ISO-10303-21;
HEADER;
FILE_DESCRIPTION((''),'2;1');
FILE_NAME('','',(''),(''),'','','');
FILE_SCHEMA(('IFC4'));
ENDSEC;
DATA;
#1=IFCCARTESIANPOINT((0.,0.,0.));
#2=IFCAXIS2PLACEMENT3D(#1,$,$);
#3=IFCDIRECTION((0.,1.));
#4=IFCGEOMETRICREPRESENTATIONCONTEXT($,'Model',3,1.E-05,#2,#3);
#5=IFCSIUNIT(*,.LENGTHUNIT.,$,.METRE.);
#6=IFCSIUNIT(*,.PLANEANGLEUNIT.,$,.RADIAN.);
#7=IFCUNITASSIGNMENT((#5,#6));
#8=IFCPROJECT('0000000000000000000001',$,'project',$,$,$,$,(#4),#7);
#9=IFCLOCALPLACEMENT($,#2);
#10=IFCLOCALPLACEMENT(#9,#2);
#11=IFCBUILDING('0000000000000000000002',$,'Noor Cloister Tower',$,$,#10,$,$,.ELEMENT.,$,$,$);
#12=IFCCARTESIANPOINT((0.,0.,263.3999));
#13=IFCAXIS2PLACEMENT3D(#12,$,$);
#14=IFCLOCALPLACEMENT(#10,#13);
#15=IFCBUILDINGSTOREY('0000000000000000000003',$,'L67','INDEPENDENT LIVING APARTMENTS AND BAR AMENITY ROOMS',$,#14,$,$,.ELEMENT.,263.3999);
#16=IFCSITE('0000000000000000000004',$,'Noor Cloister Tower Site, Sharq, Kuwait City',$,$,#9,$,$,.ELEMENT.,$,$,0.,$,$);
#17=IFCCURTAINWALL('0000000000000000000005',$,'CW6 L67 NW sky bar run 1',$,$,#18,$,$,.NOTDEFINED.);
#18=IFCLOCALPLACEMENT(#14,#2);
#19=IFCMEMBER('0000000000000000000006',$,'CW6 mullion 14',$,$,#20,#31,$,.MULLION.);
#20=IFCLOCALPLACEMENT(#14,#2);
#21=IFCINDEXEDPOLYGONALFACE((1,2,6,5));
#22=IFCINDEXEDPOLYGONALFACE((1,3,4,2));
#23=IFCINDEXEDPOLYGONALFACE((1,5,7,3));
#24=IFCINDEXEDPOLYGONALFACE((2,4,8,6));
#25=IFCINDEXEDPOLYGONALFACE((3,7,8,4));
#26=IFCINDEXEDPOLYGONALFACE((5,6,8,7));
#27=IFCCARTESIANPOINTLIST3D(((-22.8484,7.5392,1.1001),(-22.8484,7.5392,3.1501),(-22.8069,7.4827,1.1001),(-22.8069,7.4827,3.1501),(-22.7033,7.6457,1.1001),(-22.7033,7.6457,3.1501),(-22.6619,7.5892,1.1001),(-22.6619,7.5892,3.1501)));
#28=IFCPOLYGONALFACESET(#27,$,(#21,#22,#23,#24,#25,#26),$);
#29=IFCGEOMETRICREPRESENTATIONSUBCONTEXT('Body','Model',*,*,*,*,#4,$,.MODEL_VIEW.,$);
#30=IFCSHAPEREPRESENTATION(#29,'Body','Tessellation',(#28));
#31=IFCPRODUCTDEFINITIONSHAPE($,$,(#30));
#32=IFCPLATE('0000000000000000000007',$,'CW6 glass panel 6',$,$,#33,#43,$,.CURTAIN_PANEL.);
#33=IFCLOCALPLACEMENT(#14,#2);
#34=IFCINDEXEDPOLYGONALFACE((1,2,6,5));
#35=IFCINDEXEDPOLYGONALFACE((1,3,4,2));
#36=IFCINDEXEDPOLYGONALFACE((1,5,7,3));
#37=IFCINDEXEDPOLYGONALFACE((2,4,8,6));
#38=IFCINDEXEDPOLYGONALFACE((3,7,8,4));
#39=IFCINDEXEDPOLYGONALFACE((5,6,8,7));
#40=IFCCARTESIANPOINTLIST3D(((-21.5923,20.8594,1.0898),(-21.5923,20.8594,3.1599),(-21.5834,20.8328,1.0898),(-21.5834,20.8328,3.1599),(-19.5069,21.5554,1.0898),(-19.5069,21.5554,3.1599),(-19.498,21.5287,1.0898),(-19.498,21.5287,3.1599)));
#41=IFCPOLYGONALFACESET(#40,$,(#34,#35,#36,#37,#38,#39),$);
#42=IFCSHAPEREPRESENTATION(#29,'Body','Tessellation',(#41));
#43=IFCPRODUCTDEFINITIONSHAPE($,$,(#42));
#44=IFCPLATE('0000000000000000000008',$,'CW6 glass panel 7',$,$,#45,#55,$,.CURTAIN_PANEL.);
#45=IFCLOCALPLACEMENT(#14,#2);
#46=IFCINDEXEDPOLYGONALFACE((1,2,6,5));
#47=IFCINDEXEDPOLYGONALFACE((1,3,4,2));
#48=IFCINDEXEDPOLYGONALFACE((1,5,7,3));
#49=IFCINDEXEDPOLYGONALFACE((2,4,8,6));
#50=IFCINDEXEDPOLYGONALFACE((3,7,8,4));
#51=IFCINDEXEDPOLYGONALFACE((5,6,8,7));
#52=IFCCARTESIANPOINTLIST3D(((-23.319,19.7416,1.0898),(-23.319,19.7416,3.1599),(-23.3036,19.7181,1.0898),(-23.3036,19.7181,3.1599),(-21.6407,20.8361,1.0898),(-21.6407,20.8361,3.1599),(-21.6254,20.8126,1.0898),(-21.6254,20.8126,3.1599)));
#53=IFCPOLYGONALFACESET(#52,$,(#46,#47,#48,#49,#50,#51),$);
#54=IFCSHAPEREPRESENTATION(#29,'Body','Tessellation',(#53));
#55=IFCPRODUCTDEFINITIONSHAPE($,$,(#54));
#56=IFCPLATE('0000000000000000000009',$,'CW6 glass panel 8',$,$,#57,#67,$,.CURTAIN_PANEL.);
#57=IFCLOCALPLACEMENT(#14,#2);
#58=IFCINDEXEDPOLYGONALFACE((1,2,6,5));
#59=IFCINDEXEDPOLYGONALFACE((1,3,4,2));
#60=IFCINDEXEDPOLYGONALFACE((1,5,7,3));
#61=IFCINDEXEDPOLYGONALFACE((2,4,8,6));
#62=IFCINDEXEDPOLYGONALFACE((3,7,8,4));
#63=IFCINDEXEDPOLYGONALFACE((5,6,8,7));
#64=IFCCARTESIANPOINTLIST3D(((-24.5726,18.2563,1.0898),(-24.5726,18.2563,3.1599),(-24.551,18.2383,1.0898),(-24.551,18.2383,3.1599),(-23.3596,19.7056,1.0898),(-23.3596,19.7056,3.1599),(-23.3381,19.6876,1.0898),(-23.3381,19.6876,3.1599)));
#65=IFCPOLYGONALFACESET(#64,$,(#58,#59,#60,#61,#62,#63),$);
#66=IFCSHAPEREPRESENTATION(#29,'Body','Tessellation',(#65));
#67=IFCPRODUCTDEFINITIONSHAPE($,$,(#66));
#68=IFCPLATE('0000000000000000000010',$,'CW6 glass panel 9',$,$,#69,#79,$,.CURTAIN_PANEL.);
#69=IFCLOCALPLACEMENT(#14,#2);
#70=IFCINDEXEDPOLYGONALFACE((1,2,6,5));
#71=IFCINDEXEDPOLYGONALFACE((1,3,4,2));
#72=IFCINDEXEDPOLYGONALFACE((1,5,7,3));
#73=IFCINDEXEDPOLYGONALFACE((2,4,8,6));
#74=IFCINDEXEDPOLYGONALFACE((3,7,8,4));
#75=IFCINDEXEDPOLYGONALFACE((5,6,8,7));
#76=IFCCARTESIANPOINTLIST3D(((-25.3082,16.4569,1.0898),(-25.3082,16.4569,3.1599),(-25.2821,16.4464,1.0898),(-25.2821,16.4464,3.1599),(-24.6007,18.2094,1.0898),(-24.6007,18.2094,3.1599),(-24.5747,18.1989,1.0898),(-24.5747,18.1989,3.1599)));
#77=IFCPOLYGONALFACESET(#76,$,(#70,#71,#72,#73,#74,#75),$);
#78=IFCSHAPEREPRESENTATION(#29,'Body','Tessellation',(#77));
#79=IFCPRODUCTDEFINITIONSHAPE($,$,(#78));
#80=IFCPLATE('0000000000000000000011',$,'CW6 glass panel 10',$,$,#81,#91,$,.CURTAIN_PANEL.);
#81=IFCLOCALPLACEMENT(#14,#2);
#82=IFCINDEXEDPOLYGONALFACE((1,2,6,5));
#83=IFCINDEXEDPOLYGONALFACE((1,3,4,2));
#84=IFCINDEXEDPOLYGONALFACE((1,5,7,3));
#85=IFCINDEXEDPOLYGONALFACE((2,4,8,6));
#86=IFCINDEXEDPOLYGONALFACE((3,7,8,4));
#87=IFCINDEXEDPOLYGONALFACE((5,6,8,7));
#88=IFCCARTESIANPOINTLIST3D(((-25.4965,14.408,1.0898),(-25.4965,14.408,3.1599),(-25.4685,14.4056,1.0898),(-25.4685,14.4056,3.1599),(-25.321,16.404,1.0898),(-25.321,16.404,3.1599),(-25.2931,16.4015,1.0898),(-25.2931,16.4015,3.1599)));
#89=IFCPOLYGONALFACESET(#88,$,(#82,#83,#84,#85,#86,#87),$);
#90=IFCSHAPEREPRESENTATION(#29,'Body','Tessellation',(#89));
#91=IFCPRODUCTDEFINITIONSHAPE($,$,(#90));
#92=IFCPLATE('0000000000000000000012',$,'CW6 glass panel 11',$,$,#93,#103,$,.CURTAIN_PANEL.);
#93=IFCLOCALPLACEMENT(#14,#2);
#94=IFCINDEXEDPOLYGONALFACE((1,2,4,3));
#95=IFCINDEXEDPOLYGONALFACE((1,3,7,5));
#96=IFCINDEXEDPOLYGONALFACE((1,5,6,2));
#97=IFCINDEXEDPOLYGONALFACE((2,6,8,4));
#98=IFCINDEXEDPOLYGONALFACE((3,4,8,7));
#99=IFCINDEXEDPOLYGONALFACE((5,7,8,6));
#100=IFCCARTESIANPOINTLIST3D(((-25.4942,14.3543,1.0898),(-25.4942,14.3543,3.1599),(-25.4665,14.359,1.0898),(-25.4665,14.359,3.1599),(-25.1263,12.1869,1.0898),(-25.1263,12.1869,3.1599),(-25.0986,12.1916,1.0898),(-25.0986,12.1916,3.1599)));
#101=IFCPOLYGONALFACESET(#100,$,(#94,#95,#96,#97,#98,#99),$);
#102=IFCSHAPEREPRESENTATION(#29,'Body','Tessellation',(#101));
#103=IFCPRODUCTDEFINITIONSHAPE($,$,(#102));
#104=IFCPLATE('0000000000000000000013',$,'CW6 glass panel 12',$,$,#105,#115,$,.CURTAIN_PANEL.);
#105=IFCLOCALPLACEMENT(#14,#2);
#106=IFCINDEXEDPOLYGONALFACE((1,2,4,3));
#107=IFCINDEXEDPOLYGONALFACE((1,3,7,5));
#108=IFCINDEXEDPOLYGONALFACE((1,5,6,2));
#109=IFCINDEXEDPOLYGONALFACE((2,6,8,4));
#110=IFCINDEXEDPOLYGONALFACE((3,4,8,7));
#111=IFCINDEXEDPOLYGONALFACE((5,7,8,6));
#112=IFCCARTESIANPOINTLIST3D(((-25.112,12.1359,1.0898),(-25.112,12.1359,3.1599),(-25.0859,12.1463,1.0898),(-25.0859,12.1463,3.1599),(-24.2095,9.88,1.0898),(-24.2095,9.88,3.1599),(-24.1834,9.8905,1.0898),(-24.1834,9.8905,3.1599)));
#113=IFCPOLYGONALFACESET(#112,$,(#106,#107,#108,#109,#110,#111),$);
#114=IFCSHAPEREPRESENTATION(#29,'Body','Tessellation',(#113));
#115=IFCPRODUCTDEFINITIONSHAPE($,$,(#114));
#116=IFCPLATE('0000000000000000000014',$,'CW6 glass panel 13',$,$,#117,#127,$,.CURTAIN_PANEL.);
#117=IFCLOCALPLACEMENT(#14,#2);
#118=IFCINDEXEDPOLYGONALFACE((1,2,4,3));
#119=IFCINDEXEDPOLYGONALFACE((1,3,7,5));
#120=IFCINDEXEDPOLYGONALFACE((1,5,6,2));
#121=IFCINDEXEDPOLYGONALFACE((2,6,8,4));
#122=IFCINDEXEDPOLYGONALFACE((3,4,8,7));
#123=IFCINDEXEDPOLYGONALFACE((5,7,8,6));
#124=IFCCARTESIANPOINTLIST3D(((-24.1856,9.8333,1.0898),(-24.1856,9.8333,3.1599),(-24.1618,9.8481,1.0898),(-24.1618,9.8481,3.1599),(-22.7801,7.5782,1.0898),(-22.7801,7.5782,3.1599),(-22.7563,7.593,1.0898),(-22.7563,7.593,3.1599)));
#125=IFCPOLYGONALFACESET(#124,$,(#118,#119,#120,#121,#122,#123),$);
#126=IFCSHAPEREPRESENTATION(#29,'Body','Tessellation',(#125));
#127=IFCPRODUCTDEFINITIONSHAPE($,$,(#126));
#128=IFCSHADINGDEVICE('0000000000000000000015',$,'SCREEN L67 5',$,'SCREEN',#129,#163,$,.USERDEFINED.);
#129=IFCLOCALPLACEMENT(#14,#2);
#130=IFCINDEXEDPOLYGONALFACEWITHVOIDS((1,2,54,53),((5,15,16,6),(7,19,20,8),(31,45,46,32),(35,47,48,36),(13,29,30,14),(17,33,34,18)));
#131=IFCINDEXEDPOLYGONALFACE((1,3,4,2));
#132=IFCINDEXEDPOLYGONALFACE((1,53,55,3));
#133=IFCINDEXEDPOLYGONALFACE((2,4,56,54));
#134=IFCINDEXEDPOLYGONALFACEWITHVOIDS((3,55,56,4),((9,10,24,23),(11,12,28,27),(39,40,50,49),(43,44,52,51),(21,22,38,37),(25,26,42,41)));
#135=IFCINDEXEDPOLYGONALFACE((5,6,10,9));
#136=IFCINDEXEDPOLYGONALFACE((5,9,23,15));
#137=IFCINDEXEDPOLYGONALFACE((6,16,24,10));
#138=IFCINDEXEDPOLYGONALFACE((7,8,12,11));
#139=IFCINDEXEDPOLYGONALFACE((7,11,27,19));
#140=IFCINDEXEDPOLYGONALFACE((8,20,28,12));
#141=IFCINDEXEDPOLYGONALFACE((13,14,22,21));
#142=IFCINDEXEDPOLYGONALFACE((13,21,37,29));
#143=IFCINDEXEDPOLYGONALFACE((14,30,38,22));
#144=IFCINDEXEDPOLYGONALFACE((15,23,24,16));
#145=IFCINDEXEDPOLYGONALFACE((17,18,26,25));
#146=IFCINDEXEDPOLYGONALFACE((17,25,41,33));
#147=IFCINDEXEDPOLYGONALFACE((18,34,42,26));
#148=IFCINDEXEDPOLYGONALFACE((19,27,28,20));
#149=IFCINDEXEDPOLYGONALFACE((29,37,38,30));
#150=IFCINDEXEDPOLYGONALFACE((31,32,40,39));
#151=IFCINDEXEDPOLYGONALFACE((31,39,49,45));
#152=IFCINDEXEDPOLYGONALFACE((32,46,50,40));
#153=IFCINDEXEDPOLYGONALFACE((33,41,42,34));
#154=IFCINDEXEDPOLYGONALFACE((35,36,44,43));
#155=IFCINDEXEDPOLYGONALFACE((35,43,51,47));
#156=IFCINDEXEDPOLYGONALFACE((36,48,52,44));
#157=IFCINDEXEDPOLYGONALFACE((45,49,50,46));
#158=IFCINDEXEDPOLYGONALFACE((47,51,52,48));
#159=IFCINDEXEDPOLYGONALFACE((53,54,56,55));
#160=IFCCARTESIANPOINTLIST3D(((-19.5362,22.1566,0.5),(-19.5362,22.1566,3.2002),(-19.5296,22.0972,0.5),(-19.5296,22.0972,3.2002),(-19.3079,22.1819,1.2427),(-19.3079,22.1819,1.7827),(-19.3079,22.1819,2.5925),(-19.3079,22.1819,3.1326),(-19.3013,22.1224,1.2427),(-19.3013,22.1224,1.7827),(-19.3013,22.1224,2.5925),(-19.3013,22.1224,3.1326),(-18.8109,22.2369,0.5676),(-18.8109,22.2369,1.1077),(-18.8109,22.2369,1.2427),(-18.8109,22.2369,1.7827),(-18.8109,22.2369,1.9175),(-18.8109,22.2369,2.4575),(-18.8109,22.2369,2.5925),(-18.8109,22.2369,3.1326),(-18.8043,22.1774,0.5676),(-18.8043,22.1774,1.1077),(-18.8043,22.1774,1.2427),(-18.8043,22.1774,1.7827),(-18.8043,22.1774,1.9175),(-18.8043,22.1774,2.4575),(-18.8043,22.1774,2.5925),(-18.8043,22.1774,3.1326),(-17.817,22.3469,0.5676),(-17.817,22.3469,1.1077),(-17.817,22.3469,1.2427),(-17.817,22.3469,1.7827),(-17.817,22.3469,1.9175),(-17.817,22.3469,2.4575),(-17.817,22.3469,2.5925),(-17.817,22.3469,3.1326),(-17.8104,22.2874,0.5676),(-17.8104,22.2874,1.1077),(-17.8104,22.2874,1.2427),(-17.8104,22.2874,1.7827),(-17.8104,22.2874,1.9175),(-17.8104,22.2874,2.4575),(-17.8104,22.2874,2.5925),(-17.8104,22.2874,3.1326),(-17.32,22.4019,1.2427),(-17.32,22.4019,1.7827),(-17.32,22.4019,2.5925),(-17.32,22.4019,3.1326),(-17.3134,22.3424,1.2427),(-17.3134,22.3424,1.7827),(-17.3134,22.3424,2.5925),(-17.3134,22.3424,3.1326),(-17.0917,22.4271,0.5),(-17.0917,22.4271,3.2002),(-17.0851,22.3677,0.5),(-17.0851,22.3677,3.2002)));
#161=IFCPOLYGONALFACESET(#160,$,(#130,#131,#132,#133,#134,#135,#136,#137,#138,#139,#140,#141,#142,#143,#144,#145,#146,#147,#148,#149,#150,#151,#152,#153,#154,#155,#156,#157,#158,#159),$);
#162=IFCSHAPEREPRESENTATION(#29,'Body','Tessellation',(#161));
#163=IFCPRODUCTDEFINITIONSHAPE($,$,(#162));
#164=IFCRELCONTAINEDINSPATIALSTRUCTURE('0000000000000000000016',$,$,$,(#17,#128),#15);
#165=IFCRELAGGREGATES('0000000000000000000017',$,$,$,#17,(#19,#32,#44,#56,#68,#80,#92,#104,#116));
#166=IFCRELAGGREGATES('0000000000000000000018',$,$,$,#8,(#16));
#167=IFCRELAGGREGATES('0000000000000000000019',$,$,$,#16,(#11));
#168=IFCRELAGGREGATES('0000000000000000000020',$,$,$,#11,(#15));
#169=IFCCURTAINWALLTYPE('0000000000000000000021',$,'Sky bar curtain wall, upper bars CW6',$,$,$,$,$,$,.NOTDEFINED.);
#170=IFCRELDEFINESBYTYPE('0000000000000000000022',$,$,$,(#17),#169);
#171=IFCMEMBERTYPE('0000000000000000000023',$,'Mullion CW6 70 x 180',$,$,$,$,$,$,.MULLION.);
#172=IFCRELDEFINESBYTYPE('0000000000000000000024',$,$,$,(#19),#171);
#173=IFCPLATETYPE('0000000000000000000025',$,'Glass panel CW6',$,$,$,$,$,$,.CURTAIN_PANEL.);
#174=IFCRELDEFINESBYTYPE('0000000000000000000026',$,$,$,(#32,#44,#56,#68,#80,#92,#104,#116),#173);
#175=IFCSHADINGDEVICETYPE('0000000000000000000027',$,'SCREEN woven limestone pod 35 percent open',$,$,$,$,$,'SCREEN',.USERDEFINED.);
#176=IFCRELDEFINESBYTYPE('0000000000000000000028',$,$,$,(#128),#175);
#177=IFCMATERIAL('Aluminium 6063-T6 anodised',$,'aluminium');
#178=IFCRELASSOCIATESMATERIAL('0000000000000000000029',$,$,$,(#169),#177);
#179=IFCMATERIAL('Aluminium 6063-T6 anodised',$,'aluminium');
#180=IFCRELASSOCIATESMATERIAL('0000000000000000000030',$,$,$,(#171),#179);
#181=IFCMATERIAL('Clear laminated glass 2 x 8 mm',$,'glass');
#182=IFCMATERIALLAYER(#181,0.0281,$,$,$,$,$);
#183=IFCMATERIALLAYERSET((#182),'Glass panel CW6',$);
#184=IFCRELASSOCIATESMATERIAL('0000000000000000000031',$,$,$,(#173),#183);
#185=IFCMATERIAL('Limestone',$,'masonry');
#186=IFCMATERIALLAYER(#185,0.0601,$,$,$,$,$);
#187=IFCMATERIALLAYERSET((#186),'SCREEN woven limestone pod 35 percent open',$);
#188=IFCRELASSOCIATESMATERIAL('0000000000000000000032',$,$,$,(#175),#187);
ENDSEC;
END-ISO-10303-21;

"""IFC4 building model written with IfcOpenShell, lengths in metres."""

from ifc_helpers import new_model, si_unit, direction, frame, origin, origin_2d, place, context, subcontext, project, spatial, polyline, rectangle, outline, extrude, material, layer, layer_set, material_profile, profile_set, type_object, element, aggregate, save


model = new_model("IFC4")

# Units and contexts
model_context = context("Model", 3, precision=1e-05, world=origin(), true_north=direction((0.0, 1.0)))
body_context = subcontext(model_context, "Body", "Model", "MODEL_VIEW")
ifc_project = project(units=[si_unit("LENGTHUNIT", "METRE"), si_unit("PLANEANGLEUNIT", "RADIAN")], contexts=[model_context])

# Site, building, storey
site_placement = place(None, origin())
site = spatial("IfcSite", under=ifc_project, at=site_placement, Name="Noor Cloister Tower Site, Sharq, Kuwait City", CompositionType="ELEMENT", RefElevation=0.0)
building_placement = place(site_placement, origin())
building = spatial("IfcBuilding", under=site, at=building_placement, Name="Noor Cloister Tower", CompositionType="ELEMENT")
storey_placement = place(building_placement, frame((0.0, 0.0, 263.3999)))
storey = spatial("IfcBuildingStorey", under=building, at=storey_placement, Name="L67", Description="INDEPENDENT LIVING APARTMENTS AND BAR AMENITY ROOMS", CompositionType="ELEMENT", Elevation=263.3999)

# Curtain wall, member, plates
ifc_material_1 = material(Name="Aluminium 6063-T6 anodised", Category="aluminium")
curtain_wall_type = type_object("IfcCurtainWallType", Name="Sky bar curtain wall, upper bars CW6", PredefinedType="NOTDEFINED", material=ifc_material_1)
curtain_wall_placement = place(storey_placement, origin())
curtain_wall = element("IfcCurtainWall", 1, at=curtain_wall_placement, inside=storey, type_object=curtain_wall_type, Name="CW6 L67 NW sky bar run 1", PredefinedType="NOTDEFINED")
ifc_material_2 = material(Name="Aluminium 6063-T6 anodised", Category="aluminium")
ifc_material_profile_1 = material_profile(ifc_material_2, rectangle(XDim=0.1799, YDim=0.0701, at=origin_2d()), Name="180 x 70 mullion")
ifc_profile_set_1 = profile_set([ifc_material_profile_1], Name="Aluminium 6063-T6 anodised")
member_type = type_object("IfcMemberType", Name="Mullion CW6 70 x 180", PredefinedType="MULLION", material=ifc_profile_set_1)
member_1_placement = place(storey_placement, frame((-22.7551, 7.5642, 1.1001), z_axis=(0.0, 0.0, 1.0), x_axis=(0.806255, 0.591569, 0.0)))
member_1 = element("IfcMember", 2, at=member_1_placement, type_object=member_type, Name="CW6 mullion 14", PredefinedType="MULLION", context=body_context, shape_type="SweptSolid", body=[
    extrude(rectangle(XDim=0.1799, YDim=0.0701, at=origin_2d()), origin(), (0.0, 0.0, 1.0), 2.05),
])
ifc_material_3 = material(Name="Clear laminated glass 2 x 8 mm", Category="glass")
ifc_layer_1 = layer(ifc_material_3, 0.0281)
ifc_layer_set_1 = layer_set([ifc_layer_1], Name="Glass panel CW6")
plate_type = type_object("IfcPlateType", Name="Glass panel CW6", PredefinedType="CURTAIN_PANEL", material=ifc_layer_set_1)
plate_1_placement = place(storey_placement, frame((-20.5452, 21.1941, 1.0898), z_axis=(0.0, 0.0, 1.0), x_axis=(-0.948577, -0.316547, 0.0)))
plate_1 = element("IfcPlate", 3, at=plate_1_placement, type_object=plate_type, Name="CW6 glass panel 6", PredefinedType="CURTAIN_PANEL", context=body_context, shape_type="SweptSolid", body=[
    extrude(rectangle(XDim=2.1985, YDim=0.0281, at=origin_2d()), origin(), (0.0, 0.0, 1.0), 2.0701),
])
plate_2_placement = place(storey_placement, frame((-22.4722, 20.2771, 1.0898), z_axis=(0.0, 0.0, 1.0), x_axis=(-0.837597, -0.546289, 0.0)))
plate_2 = element("IfcPlate", 4, at=plate_2_placement, type_object=plate_type, Name="CW6 glass panel 7", PredefinedType="CURTAIN_PANEL", context=body_context, shape_type="SweptSolid", body=[
    extrude(rectangle(XDim=2.0037, YDim=0.0281, at=origin_2d()), origin(), (0.0, 0.0, 1.0), 2.0701),
])
plate_3_placement = place(storey_placement, frame((-23.9553, 18.9719, 1.0898), z_axis=(0.0, 0.0, 1.0), x_axis=(-0.641815, -0.76686, 0.0)))
plate_3 = element("IfcPlate", 5, at=plate_3_placement, type_object=plate_type, Name="CW6 glass panel 8", PredefinedType="CURTAIN_PANEL", context=body_context, shape_type="SweptSolid", body=[
    extrude(rectangle(XDim=1.8899, YDim=0.0281, at=origin_2d()), origin(), (0.0, 0.0, 1.0), 2.0701),
])
plate_4_placement = place(storey_placement, frame((-24.9414, 17.3279, 1.0898), z_axis=(0.0, 0.0, 1.0), x_axis=(-0.374344, -0.92729, 0.0)))
plate_4 = element("IfcPlate", 6, at=plate_4_placement, type_object=plate_type, Name="CW6 glass panel 9", PredefinedType="CURTAIN_PANEL", context=body_context, shape_type="SweptSolid", body=[
    extrude(rectangle(XDim=1.8899, YDim=0.0281, at=origin_2d()), origin(), (0.0, 0.0, 1.0), 2.0701),
])
plate_5_placement = place(storey_placement, frame((-25.3948, 15.4048, 1.0898), z_axis=(0.0, 0.0, 1.0), x_axis=(-0.087571, -0.996158, 0.0)))
plate_5 = element("IfcPlate", 7, at=plate_5_placement, type_object=plate_type, Name="CW6 glass panel 10", PredefinedType="CURTAIN_PANEL", context=body_context, shape_type="SweptSolid", body=[
    extrude(rectangle(XDim=2.0037, YDim=0.0281, at=origin_2d()), origin(), (0.0, 0.0, 1.0), 2.0701),
])
plate_6_placement = place(storey_placement, frame((-25.2964, 13.2729, 1.0898), z_axis=(0.0, 0.0, 1.0), x_axis=(0.167366, -0.985895, 0.0)))
plate_6 = element("IfcPlate", 8, at=plate_6_placement, type_object=plate_type, Name="CW6 glass panel 11", PredefinedType="CURTAIN_PANEL", context=body_context, shape_type="SweptSolid", body=[
    extrude(rectangle(XDim=2.1985, YDim=0.0281, at=origin_2d()), origin(), (0.0, 0.0, 1.0), 2.0701),
])
plate_7_placement = place(storey_placement, frame((-24.6477, 11.0132, 1.0898), z_axis=(0.0, 0.0, 1.0), x_axis=(0.371435, -0.928459, 0.0)))
plate_7 = element("IfcPlate", 9, at=plate_7_placement, type_object=plate_type, Name="CW6 glass panel 12", PredefinedType="CURTAIN_PANEL", context=body_context, shape_type="SweptSolid", body=[
    extrude(rectangle(XDim=2.4297, YDim=0.0281, at=origin_2d()), origin(), (0.0, 0.0, 1.0), 2.0701),
])
plate_8_placement = place(storey_placement, frame((-23.4709, 8.7131, 1.0898), z_axis=(0.0, 0.0, 1.0), x_axis=(0.528931, -0.848665, 0.0)))
plate_8 = element("IfcPlate", 10, at=plate_8_placement, type_object=plate_type, Name="CW6 glass panel 13", PredefinedType="CURTAIN_PANEL", context=body_context, shape_type="SweptSolid", body=[
    extrude(rectangle(XDim=2.6572, YDim=0.0281, at=origin_2d()), origin(), (0.0, 0.0, 1.0), 2.0701),
])
aggregate(curtain_wall, [member_1, plate_1, plate_2, plate_3, plate_4, plate_5, plate_6, plate_7, plate_8])

# Shading device
ifc_material_4 = material(Name="Limestone", Category="masonry")
ifc_layer_2 = layer(ifc_material_4, 0.0601)
ifc_layer_set_2 = layer_set([ifc_layer_2], Name="SCREEN woven limestone pod 35 percent open")
shading_device_type = type_object("IfcShadingDeviceType", Name="SCREEN woven limestone pod 35 percent open", ElementType="SCREEN", PredefinedType="USERDEFINED", material=ifc_layer_set_2)
shading_device_1_placement = place(storey_placement, frame((-18.3074, 22.2324, 1.8501), z_axis=(-0.109984, 0.993933, 0.0), x_axis=(-0.993933, -0.109984, 0.0)))
element("IfcShadingDevice", 11, at=shading_device_1_placement, inside=storey, type_object=shading_device_type, Name="SCREEN L67 5", ObjectType="SCREEN", PredefinedType="USERDEFINED", context=body_context, shape_type="SweptSolid", body=[
    extrude(outline(polyline([(-1.2297, -1.3501), (1.2297, -1.3501), (1.2297, 1.3501), (-1.2297, 1.3501), (-1.2297, -1.3501)]), holes=[polyline([(-0.5, -1.2825), (0.5, -1.2825), (0.5, -0.7424), (-0.5, -0.7424), (-0.5, -1.2825)]), polyline([(-1.0, -0.6074), (-0.5, -0.6074), (-0.5, -0.0674), (-1.0, -0.0674), (-1.0, -0.6074)]), polyline([(0.5, -0.6074), (1.0, -0.6074), (1.0, -0.0674), (0.5, -0.0674), (0.5, -0.6074)]), polyline([(-0.5, 0.0674), (0.5, 0.0674), (0.5, 0.6074), (-0.5, 0.6074), (-0.5, 0.0674)]), polyline([(-1.0, 0.7424), (-0.5, 0.7424), (-0.5, 1.2825), (-1.0, 1.2825), (-1.0, 0.7424)]), polyline([(0.5, 0.7424), (1.0, 0.7424), (1.0, 1.2825), (0.5, 1.2825), (0.5, 0.7424)])]), origin(), (0.0, 0.0, 1.0), 0.0598),
])

save(model, "model.ifc")
